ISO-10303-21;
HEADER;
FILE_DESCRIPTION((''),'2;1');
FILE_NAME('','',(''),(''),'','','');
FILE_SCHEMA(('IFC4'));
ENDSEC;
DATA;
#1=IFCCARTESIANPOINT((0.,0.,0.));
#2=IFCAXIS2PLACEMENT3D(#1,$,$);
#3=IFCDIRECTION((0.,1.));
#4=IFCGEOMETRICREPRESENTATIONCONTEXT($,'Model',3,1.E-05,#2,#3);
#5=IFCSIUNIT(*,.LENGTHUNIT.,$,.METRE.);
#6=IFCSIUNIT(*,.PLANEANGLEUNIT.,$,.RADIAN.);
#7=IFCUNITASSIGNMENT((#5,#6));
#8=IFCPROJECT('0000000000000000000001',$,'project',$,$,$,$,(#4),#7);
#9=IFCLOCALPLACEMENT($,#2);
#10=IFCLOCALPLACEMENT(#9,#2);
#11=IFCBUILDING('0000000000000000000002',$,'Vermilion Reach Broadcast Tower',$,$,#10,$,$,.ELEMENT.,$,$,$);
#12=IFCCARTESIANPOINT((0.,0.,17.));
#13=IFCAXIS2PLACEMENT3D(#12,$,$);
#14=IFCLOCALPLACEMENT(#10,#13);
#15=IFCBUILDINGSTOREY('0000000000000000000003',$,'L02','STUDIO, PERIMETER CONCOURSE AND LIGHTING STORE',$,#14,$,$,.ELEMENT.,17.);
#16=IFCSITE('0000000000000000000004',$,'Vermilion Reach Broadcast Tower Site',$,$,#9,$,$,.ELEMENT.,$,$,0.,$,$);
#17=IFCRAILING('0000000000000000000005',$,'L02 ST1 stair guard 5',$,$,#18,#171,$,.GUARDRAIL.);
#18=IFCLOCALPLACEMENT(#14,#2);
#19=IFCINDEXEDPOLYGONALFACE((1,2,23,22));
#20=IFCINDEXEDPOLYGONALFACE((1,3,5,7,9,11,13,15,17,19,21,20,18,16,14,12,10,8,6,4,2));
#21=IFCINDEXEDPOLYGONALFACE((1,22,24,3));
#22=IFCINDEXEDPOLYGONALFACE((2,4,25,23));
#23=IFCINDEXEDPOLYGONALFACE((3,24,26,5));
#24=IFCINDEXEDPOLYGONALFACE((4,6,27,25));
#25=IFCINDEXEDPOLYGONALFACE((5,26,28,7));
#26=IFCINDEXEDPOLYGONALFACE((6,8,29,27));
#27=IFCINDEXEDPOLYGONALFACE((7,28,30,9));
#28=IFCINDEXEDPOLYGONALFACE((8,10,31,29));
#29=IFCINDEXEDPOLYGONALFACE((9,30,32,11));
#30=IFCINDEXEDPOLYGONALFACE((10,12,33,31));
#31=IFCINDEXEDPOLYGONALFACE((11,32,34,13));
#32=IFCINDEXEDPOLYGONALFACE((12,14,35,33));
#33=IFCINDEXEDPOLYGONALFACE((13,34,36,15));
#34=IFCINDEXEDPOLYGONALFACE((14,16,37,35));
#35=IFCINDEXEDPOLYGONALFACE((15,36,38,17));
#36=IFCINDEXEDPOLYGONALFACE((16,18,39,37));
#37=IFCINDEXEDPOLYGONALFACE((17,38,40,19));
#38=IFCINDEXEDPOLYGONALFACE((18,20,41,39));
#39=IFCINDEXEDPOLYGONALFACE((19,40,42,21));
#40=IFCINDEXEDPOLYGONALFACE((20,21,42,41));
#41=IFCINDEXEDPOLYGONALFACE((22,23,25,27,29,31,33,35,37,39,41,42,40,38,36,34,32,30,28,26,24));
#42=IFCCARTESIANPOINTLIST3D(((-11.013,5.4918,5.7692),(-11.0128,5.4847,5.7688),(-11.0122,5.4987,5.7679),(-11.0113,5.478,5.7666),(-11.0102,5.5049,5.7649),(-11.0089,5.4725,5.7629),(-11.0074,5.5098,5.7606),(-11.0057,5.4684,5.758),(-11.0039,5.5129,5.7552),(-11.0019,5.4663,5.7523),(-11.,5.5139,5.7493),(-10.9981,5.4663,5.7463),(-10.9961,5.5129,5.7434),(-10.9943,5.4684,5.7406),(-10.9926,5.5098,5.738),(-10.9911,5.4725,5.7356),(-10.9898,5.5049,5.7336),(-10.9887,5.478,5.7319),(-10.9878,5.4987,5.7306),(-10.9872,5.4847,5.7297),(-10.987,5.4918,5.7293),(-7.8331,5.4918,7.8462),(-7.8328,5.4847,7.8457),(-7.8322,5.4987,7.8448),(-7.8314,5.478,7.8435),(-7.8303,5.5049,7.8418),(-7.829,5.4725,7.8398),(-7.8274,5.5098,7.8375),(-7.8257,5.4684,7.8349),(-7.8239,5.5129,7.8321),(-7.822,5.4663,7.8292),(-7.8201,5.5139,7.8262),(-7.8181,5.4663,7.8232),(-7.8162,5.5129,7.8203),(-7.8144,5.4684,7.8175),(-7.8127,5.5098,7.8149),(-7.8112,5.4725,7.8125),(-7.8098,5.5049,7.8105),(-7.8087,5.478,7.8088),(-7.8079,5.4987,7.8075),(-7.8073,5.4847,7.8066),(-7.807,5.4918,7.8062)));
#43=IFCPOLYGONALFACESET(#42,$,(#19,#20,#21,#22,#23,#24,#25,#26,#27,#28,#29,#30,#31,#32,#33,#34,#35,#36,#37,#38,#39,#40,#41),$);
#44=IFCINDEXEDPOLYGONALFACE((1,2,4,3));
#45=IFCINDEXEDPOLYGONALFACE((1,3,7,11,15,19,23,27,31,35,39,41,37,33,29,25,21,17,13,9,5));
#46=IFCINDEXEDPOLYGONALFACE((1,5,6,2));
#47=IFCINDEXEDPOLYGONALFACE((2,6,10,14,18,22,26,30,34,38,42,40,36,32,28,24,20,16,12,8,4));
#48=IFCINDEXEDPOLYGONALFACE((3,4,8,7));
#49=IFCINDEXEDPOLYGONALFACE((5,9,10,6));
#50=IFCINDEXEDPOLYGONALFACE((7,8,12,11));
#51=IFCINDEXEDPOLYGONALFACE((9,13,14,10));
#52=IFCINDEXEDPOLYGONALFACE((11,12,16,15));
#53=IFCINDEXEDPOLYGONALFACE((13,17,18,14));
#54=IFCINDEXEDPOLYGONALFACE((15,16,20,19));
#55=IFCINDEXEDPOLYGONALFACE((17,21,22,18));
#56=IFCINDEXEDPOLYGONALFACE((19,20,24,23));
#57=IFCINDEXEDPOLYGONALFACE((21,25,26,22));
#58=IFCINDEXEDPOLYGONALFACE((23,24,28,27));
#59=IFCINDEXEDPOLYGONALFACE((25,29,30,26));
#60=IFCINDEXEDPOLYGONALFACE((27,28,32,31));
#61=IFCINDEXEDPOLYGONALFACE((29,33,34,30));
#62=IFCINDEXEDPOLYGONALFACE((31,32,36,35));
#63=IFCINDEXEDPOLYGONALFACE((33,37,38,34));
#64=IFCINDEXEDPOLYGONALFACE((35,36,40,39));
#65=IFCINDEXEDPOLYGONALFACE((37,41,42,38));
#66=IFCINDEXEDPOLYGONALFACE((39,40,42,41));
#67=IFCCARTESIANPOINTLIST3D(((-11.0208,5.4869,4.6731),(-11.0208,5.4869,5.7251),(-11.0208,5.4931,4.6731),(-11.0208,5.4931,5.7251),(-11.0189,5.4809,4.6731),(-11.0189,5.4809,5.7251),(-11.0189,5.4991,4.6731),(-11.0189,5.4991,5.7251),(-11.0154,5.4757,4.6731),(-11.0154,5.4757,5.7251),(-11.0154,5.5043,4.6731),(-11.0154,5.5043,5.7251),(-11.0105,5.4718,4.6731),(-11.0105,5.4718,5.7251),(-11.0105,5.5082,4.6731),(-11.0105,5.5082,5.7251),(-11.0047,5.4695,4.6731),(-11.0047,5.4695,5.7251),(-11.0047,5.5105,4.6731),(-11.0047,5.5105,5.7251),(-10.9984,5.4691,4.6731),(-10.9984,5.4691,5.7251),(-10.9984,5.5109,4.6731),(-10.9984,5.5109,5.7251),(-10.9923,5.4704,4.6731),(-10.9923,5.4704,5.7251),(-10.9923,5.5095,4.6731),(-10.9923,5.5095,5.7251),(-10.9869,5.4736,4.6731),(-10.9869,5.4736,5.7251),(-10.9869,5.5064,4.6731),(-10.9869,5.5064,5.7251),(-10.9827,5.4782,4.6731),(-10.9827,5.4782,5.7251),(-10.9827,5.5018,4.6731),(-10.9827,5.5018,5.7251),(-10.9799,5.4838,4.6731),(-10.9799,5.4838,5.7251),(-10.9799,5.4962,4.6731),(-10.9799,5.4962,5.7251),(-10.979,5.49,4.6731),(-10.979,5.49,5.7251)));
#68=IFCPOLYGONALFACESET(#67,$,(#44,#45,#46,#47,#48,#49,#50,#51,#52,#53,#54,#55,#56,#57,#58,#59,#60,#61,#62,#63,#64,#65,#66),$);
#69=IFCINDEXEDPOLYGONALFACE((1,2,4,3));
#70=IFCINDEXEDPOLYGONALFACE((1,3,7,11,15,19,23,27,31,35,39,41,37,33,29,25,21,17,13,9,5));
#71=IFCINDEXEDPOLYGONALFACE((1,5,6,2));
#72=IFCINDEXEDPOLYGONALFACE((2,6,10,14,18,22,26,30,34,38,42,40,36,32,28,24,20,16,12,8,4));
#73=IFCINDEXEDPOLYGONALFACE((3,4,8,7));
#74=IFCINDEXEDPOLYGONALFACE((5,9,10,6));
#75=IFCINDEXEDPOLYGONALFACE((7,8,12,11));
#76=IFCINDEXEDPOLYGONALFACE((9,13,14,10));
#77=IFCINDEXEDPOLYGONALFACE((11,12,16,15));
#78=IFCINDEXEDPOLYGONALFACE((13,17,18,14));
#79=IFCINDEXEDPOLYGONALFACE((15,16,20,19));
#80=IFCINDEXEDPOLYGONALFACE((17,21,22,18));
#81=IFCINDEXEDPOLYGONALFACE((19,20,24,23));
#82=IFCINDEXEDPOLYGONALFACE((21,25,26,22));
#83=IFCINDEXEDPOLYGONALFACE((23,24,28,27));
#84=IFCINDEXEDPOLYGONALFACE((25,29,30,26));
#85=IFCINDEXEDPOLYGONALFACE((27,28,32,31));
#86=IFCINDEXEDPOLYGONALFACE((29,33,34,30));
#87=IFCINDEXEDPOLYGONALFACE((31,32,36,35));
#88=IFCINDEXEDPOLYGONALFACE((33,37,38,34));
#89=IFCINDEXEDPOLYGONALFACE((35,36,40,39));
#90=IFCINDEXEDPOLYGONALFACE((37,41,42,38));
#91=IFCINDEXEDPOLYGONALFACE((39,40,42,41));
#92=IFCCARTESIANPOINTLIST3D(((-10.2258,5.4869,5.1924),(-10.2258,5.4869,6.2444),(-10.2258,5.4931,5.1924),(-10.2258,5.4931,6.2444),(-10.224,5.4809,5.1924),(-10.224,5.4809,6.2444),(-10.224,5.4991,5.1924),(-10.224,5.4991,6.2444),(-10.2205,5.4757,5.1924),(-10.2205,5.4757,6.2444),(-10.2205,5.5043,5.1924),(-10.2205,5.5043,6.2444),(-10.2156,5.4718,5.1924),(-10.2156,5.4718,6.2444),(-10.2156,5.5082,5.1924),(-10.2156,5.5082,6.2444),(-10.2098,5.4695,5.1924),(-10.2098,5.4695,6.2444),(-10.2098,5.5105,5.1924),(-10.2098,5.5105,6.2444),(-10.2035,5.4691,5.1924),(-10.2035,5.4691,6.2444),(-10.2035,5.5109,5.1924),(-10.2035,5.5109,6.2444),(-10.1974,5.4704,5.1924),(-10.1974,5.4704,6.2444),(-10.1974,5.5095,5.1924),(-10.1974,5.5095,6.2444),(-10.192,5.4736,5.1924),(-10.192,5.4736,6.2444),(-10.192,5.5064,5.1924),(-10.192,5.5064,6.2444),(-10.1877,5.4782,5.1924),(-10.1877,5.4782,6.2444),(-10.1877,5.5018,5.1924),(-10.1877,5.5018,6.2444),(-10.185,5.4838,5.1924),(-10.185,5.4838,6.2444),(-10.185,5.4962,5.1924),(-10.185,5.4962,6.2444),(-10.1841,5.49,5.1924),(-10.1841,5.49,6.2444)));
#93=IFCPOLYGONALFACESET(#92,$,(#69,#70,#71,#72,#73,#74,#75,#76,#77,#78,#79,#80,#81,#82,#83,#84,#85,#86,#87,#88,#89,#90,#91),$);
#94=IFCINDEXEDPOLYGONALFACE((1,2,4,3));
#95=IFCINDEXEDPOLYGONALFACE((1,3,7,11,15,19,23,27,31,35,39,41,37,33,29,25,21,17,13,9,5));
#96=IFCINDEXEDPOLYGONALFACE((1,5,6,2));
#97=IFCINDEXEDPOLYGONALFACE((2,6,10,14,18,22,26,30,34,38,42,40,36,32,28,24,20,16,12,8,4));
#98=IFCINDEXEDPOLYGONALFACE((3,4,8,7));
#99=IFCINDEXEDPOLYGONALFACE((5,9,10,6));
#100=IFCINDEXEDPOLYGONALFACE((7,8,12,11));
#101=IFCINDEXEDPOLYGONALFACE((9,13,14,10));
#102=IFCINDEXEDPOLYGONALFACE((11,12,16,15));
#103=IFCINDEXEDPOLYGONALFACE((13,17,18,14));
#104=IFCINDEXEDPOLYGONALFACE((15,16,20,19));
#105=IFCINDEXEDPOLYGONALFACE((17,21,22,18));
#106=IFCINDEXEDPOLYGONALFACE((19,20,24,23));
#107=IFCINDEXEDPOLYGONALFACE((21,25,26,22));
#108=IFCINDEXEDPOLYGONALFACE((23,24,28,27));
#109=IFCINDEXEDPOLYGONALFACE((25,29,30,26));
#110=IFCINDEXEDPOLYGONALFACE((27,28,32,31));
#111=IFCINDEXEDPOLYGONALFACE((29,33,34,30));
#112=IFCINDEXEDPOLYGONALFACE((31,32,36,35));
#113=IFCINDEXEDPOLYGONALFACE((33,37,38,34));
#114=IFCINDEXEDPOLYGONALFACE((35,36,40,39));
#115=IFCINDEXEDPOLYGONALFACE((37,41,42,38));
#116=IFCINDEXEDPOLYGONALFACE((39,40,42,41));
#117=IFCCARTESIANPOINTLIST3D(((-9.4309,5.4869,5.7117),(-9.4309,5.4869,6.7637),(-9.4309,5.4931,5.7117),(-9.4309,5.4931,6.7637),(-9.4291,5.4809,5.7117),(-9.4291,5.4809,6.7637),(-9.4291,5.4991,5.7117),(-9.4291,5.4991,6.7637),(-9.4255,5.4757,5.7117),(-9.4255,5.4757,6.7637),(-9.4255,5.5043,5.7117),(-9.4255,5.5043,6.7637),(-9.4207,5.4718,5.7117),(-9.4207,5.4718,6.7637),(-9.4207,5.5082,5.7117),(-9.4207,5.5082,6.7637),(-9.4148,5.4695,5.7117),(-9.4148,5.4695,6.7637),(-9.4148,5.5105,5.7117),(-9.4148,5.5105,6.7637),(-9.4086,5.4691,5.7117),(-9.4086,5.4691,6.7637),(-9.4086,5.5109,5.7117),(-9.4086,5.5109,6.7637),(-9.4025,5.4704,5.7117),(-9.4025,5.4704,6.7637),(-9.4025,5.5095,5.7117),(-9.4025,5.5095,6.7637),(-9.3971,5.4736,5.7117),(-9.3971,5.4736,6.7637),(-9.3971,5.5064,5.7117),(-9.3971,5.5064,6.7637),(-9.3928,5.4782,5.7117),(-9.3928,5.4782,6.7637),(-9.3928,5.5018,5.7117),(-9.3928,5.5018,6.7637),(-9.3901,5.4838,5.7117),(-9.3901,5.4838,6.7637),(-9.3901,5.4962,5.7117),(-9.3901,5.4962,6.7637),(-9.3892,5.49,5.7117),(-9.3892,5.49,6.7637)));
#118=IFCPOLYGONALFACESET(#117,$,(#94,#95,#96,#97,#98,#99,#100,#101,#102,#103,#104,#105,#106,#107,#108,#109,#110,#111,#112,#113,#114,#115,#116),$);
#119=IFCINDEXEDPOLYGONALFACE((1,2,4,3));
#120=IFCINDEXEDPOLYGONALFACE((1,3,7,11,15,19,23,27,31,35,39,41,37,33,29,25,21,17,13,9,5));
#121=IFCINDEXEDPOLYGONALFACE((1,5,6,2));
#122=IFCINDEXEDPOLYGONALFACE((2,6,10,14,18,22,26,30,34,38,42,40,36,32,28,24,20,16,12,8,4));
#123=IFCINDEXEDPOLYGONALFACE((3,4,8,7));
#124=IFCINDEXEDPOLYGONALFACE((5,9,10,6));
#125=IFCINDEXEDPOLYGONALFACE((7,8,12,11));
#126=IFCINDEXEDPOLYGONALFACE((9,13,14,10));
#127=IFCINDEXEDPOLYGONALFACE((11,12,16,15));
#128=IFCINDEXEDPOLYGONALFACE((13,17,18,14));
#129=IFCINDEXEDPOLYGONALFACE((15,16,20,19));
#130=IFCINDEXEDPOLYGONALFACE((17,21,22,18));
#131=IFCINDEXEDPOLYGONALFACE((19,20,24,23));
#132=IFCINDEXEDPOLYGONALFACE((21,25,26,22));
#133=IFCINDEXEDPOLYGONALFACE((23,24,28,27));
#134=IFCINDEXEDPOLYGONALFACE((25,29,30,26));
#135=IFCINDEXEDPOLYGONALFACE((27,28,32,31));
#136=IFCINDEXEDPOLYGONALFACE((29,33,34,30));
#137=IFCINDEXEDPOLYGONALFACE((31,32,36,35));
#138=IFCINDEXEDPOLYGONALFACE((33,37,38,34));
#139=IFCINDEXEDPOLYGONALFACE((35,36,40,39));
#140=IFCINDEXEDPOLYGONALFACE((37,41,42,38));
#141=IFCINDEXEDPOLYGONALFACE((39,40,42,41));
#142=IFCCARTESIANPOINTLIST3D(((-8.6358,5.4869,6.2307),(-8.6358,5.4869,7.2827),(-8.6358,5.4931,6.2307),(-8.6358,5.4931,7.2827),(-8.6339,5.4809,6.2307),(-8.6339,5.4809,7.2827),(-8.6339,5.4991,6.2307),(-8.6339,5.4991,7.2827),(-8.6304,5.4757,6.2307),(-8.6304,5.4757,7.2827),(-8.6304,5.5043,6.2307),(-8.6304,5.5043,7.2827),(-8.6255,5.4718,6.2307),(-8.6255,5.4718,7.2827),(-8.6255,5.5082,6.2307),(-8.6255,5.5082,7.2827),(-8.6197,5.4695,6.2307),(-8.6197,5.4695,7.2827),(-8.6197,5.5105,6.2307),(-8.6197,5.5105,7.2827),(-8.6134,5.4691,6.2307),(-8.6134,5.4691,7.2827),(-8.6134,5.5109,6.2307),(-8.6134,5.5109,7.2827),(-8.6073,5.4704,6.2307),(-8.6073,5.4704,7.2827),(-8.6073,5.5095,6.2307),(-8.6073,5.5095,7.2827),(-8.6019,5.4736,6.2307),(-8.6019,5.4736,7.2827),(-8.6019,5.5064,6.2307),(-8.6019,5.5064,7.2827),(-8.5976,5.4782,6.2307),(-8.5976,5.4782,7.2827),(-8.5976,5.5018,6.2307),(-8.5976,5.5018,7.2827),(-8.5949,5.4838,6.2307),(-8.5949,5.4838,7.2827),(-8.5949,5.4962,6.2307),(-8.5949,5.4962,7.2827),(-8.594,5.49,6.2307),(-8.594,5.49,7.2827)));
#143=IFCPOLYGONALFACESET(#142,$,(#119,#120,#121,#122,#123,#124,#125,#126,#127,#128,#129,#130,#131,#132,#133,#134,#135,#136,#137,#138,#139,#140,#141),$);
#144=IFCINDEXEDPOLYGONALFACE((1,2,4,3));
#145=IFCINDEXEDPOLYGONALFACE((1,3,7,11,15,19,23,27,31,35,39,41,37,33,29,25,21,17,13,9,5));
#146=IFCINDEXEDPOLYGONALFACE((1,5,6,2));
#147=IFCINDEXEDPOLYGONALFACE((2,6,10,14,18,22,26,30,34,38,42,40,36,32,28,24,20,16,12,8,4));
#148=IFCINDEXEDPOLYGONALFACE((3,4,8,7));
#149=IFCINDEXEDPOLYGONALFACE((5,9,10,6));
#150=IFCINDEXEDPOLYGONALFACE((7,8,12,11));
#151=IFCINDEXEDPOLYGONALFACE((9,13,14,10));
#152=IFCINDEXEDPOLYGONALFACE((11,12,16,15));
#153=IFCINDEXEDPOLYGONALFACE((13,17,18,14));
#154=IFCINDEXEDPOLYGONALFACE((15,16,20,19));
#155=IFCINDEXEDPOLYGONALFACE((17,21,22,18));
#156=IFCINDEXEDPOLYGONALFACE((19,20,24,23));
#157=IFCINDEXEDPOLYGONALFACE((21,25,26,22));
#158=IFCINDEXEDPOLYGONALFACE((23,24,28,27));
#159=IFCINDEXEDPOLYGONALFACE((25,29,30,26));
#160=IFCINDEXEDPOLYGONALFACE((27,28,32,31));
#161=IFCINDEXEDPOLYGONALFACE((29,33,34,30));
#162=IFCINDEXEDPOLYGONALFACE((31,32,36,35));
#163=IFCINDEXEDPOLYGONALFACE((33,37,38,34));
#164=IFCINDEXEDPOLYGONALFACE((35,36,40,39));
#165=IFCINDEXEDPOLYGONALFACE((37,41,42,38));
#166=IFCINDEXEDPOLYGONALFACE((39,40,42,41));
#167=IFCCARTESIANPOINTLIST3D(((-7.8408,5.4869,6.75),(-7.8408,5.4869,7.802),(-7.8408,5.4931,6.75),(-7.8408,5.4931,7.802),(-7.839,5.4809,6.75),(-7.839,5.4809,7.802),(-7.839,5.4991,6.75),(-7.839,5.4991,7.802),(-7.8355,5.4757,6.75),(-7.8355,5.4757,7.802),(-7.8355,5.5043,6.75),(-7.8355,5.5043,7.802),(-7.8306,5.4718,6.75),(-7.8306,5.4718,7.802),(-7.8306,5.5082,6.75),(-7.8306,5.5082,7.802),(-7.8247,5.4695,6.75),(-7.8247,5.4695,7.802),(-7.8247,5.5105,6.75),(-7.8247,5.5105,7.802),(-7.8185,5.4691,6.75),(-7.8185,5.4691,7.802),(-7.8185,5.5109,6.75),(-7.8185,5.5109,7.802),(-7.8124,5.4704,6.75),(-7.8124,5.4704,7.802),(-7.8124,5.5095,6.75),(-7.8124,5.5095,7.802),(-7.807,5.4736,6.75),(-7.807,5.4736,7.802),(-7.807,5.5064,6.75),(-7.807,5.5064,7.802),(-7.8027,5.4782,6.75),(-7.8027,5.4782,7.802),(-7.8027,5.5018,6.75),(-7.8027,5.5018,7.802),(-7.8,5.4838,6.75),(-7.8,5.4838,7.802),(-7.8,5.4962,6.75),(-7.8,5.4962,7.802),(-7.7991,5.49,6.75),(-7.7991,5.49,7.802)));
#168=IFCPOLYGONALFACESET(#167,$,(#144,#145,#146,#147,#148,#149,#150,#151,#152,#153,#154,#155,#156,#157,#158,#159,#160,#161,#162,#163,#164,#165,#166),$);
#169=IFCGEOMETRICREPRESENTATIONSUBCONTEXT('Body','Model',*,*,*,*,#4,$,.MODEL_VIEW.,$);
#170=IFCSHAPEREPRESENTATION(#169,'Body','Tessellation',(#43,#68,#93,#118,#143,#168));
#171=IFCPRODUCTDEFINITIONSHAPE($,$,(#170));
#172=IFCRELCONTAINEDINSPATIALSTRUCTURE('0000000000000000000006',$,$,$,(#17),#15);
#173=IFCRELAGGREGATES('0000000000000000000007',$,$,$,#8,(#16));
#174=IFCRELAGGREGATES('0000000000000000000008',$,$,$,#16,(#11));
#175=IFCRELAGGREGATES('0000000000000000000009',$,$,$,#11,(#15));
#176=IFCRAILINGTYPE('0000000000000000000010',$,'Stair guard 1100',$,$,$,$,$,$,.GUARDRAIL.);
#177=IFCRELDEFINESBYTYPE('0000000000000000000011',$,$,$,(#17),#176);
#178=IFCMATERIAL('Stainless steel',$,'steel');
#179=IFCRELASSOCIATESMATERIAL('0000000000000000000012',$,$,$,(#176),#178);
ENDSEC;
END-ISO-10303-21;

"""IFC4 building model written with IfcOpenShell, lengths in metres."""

from ifc_helpers import new_model, si_unit, direction, frame, origin, origin_2d, place, context, subcontext, project, spatial, circle, extrude, material, type_object, element, save


model = new_model("IFC4")

# Units and contexts
model_context = context("Model", 3, precision=1e-05, world=origin(), true_north=direction((0.0, 1.0)))
body_context = subcontext(model_context, "Body", "Model", "MODEL_VIEW")
ifc_project = project(units=[si_unit("LENGTHUNIT", "METRE"), si_unit("PLANEANGLEUNIT", "RADIAN")], contexts=[model_context])

# Site, building, storey
site_placement = place(None, origin())
site = spatial("IfcSite", under=ifc_project, at=site_placement, Name="Vermilion Reach Broadcast Tower Site", CompositionType="ELEMENT", RefElevation=0.0)
building_placement = place(site_placement, origin())
building = spatial("IfcBuilding", under=site, at=building_placement, Name="Vermilion Reach Broadcast Tower", CompositionType="ELEMENT")
storey_placement = place(building_placement, frame((0.0, 0.0, 17.0)))
storey = spatial("IfcBuildingStorey", under=building, at=storey_placement, Name="L02", Description="STUDIO, PERIMETER CONCOURSE AND LIGHTING STORE", CompositionType="ELEMENT", Elevation=17.0)

# Railing
ifc_material_1 = material(Name="Stainless steel", Category="steel")
railing_type_1 = type_object("IfcRailingType", Name="Stair guard 1100", PredefinedType="GUARDRAIL", material=ifc_material_1)
railing_1_placement = place(storey_placement, frame((-11.0, 5.49, 4.6731)))
element("IfcRailing", 1, at=railing_1_placement, inside=storey, type_object=railing_type_1, Name="L02 ST1 stair guard 5", PredefinedType="GUARDRAIL", context=body_context, shape_type="SweptSolid", body=[
    extrude(circle(Radius=0.0239, at=origin_2d()), frame((0.0, 0.0, 1.0762), z_axis=(0.837245, 0.0, 0.546828), x_axis=(0.0, 1.0, 0.0)), (0.0, 0.0, 1.0), 3.7981),
    extrude(circle(Radius=0.021, at=origin_2d()), origin(), (0.0, 0.0, 1.0), 1.052),
    extrude(circle(Radius=0.021, at=origin_2d()), frame((0.7949, 0.0, 0.5193)), (0.0, 0.0, 1.0), 1.052),
    extrude(circle(Radius=0.021, at=origin_2d()), frame((1.5898, 0.0, 1.0386)), (0.0, 0.0, 1.0), 1.052),
    extrude(circle(Radius=0.021, at=origin_2d()), frame((2.385, 0.0, 1.5576)), (0.0, 0.0, 1.0), 1.052),
    extrude(circle(Radius=0.021, at=origin_2d()), frame((3.1799, 0.0, 2.0769)), (0.0, 0.0, 1.0), 1.052),
])

save(model, "model.ifc")
